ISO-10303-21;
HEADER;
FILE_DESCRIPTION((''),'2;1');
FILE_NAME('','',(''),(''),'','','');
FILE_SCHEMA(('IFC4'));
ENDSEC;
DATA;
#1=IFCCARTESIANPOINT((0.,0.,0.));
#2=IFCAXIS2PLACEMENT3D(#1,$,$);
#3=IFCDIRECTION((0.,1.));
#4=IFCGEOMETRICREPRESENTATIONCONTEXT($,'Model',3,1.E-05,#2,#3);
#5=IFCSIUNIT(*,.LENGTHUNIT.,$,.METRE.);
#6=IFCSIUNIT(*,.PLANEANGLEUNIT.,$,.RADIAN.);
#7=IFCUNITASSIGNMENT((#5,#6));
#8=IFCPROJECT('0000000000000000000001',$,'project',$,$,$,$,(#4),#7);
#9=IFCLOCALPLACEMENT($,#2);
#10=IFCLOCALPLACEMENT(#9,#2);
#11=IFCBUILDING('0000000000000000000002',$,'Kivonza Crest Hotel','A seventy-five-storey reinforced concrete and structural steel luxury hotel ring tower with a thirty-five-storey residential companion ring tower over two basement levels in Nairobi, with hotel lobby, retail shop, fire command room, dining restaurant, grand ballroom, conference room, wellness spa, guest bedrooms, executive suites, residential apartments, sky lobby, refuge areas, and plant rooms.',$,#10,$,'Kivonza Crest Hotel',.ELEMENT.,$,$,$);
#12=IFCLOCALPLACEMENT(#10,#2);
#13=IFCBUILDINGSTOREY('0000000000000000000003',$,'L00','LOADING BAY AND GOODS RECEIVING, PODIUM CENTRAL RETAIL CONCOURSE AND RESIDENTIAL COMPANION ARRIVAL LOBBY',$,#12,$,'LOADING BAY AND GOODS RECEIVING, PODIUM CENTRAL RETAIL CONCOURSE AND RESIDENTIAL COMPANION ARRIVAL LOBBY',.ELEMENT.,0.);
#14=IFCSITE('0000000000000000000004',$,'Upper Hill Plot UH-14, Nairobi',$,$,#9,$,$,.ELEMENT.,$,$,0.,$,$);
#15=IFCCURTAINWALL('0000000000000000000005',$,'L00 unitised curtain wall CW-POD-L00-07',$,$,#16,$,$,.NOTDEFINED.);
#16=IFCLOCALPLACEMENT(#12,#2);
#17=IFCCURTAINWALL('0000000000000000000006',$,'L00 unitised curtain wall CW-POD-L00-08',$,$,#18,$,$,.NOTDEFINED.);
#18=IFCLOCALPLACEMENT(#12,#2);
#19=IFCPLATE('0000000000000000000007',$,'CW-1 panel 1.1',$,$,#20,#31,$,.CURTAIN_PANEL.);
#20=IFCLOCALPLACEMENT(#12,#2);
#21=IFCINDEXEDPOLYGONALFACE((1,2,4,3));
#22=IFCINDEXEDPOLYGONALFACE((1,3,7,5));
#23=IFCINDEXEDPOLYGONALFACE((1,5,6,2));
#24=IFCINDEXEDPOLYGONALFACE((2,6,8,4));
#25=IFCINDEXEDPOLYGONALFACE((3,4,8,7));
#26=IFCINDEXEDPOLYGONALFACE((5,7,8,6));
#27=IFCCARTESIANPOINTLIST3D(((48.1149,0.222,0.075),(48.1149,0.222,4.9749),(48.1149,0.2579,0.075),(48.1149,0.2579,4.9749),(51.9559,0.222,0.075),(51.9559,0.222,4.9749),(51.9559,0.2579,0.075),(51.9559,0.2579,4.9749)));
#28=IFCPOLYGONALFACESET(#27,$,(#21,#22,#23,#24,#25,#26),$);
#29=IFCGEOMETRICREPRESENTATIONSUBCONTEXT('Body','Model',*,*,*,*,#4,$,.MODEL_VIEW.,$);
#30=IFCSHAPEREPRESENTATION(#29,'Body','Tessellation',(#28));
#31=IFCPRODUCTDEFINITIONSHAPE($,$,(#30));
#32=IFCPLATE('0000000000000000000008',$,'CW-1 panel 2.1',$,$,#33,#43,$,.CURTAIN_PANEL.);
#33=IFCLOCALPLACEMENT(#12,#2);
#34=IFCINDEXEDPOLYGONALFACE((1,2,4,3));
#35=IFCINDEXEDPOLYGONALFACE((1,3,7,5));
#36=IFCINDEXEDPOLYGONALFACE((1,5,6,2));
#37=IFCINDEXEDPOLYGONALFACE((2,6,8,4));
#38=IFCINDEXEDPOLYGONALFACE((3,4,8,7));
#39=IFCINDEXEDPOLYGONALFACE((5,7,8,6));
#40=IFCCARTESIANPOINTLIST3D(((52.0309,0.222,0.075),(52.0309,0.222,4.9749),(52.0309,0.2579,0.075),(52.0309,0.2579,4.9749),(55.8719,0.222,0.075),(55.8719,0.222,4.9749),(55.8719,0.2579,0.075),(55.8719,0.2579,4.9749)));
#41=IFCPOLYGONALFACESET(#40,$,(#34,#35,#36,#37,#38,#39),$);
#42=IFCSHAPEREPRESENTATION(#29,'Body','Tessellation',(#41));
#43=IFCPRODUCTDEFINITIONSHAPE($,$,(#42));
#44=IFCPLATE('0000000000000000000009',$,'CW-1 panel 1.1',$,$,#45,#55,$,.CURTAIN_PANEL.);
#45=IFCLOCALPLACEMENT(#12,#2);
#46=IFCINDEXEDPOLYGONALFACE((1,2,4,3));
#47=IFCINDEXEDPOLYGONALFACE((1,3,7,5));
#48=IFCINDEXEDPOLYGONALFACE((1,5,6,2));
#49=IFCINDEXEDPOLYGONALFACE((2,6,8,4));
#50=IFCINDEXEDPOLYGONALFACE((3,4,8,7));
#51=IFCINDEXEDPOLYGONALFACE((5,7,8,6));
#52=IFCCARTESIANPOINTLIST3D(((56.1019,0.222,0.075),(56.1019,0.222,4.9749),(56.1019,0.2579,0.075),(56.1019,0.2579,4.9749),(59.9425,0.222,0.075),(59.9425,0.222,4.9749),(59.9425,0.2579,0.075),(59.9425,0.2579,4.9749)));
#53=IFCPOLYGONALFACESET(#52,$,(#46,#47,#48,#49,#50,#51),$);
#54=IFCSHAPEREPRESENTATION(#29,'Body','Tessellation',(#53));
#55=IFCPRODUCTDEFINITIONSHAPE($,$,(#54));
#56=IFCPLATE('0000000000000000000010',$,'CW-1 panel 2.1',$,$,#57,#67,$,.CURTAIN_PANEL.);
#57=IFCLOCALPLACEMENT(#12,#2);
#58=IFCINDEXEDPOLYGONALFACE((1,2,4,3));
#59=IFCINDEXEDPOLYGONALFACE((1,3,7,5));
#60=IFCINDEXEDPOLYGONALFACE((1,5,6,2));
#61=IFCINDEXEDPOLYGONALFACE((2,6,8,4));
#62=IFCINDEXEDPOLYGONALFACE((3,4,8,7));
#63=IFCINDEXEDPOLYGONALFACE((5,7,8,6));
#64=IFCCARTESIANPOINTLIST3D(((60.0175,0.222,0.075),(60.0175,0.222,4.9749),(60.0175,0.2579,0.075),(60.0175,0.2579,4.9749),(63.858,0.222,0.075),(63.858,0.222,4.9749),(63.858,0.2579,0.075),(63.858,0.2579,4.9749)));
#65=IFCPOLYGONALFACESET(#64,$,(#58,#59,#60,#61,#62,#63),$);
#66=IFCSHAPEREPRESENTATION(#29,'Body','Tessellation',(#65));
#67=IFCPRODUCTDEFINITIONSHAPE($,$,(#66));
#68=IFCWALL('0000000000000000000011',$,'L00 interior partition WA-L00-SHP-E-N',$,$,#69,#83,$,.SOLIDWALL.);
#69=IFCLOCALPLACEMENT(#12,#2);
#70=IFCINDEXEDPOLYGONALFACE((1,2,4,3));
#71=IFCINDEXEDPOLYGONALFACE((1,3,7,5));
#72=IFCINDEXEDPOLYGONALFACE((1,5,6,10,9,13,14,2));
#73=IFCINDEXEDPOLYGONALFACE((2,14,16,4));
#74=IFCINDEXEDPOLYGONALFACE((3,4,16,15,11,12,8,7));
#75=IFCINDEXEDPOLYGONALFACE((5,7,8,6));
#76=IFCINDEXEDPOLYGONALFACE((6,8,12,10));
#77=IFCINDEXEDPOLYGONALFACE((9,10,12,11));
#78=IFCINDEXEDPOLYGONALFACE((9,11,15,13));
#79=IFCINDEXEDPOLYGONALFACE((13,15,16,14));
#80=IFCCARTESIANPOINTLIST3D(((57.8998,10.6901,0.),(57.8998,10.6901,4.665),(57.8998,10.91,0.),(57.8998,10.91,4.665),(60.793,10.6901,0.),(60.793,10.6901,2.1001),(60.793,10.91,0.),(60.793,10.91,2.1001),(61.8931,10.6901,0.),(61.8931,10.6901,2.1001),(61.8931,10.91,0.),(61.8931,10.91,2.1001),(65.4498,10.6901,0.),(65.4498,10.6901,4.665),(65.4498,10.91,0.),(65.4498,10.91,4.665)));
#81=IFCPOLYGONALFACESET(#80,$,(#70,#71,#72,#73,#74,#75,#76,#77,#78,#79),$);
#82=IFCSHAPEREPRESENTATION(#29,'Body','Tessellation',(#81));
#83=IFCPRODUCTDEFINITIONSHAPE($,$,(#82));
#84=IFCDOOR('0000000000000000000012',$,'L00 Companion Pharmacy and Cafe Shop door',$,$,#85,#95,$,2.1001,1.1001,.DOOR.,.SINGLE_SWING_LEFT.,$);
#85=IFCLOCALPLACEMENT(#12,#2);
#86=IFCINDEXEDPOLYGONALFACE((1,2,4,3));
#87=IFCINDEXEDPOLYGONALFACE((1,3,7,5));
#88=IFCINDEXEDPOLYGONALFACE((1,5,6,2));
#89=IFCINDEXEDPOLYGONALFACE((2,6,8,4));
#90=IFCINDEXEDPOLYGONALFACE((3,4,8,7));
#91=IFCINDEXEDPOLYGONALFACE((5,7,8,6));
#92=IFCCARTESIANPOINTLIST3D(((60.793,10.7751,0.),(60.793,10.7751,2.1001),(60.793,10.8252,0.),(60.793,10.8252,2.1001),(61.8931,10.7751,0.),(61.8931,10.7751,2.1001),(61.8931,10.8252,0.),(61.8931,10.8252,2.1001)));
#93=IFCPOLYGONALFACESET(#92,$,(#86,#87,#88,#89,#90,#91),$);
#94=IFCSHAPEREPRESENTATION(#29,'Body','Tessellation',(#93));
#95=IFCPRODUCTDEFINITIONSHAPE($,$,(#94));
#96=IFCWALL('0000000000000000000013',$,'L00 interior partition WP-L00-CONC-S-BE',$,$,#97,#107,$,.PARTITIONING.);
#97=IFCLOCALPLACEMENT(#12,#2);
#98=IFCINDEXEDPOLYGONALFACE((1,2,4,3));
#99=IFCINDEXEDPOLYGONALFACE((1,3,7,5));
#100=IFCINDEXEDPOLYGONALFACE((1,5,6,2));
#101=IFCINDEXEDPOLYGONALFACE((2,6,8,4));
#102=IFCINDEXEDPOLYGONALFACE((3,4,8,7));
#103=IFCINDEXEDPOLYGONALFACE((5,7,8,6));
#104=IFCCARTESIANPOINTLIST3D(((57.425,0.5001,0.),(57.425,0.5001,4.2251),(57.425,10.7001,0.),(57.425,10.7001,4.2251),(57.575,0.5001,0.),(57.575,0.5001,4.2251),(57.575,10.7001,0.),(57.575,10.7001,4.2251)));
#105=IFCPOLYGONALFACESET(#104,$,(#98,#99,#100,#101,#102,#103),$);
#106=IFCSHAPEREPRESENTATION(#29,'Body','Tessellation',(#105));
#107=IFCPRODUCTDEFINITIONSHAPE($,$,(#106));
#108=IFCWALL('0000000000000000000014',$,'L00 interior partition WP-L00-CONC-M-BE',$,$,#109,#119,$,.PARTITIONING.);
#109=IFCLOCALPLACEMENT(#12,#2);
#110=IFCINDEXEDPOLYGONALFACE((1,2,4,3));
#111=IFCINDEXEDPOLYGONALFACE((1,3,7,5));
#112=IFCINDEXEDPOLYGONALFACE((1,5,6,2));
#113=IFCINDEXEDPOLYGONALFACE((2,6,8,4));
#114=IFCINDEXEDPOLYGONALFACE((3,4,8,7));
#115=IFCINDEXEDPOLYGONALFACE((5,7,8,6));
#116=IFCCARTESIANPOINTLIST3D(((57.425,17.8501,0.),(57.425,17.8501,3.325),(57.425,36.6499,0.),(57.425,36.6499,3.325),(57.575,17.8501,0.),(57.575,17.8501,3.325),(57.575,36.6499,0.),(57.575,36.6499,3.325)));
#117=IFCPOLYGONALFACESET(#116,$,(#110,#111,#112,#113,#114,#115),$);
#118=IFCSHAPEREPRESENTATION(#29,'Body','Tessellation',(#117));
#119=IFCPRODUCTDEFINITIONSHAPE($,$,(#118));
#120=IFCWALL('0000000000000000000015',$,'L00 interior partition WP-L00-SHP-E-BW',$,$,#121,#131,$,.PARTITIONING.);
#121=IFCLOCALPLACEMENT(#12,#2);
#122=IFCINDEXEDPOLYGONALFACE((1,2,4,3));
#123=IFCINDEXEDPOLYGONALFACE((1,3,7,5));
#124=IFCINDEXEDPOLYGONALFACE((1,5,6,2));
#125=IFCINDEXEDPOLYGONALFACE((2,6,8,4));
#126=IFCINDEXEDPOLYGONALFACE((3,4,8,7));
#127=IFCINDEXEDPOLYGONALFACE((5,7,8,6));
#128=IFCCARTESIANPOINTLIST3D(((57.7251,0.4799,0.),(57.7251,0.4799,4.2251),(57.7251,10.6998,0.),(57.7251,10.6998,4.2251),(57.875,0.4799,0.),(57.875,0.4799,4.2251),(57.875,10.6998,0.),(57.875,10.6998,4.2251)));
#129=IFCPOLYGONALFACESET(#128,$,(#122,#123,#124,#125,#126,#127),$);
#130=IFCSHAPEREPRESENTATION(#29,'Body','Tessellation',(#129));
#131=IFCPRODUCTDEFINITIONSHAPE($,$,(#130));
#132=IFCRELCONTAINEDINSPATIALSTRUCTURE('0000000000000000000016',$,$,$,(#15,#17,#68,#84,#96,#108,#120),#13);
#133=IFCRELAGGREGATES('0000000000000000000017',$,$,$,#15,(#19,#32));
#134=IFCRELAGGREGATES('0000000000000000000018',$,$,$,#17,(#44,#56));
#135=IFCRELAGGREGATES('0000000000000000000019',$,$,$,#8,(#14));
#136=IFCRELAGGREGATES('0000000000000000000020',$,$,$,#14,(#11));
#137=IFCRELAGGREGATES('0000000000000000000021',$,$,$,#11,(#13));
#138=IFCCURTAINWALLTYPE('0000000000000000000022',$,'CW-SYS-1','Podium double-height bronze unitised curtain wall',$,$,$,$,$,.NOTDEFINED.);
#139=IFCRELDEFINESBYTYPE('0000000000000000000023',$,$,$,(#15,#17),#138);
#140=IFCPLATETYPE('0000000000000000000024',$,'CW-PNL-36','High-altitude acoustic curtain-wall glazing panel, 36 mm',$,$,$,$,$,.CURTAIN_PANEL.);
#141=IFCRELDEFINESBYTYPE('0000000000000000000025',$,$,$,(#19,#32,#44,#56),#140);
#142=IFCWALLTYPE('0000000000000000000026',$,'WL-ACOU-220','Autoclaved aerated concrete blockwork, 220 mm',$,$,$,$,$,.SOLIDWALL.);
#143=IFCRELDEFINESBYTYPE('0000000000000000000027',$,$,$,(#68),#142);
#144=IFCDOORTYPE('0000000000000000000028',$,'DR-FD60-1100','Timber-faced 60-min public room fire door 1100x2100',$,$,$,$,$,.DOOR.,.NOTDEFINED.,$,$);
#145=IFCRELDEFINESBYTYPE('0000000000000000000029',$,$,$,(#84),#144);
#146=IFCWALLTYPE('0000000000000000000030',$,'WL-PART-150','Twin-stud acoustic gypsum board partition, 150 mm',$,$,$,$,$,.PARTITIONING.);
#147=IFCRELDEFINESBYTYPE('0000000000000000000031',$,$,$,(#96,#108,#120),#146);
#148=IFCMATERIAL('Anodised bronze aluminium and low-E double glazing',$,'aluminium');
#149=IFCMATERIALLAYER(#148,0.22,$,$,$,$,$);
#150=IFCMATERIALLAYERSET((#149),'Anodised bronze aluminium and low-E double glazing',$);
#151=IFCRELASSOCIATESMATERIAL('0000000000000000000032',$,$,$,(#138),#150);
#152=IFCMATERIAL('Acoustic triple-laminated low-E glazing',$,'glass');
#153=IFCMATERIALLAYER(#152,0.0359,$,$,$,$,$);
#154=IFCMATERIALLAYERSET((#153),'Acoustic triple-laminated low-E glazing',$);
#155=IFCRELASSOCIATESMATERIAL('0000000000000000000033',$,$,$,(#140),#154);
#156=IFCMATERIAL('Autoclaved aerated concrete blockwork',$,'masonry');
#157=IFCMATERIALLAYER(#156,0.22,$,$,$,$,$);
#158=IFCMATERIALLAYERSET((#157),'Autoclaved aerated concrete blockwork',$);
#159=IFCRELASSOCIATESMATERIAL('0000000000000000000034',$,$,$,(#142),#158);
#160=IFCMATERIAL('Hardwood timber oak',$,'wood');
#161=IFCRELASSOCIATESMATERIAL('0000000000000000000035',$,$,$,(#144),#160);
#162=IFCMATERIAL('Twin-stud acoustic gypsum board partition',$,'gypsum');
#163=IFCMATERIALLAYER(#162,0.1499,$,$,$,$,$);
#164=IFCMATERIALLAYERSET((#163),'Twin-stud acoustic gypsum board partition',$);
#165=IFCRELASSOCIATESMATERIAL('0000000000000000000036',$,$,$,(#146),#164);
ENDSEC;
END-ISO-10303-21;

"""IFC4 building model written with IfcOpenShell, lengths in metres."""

from ifc_helpers import new_model, si_unit, direction, frame, frame_2d, origin, origin_2d, place, context, subcontext, project, spatial, rectangle, extrude, material, layer, layer_set, type_object, element, fill, aggregate, save


model = new_model("IFC4")

# Units and contexts
model_context = context("Model", 3, precision=1e-05, world=origin(), true_north=direction((0.0, 1.0)))
body_context = subcontext(model_context, "Body", "Model", "MODEL_VIEW")
ifc_project = project(units=[si_unit("LENGTHUNIT", "METRE"), si_unit("PLANEANGLEUNIT", "RADIAN")], contexts=[model_context])

# Site, building, storey
site_placement = place(None, origin())
site = spatial("IfcSite", under=ifc_project, at=site_placement, Name="Upper Hill Plot UH-14, Nairobi", CompositionType="ELEMENT", RefElevation=0.0)
building_placement = place(site_placement, origin())
building = spatial("IfcBuilding", under=site, at=building_placement, Name="Kivonza Crest Hotel", Description="A seventy-five-storey reinforced concrete and structural steel luxury hotel ring tower with a thirty-five-storey residential companion ring tower over two basement levels in Nairobi, with hotel lobby, retail shop, fire command room, dining restaurant, grand ballroom, conference room, wellness spa, guest bedrooms, executive suites, residential apartments, sky lobby, refuge areas, and plant rooms.", LongName="Kivonza Crest Hotel", CompositionType="ELEMENT")
storey_placement = place(building_placement, origin())
storey = spatial("IfcBuildingStorey", under=building, at=storey_placement, Name="L00", Description="LOADING BAY AND GOODS RECEIVING, PODIUM CENTRAL RETAIL CONCOURSE AND RESIDENTIAL COMPANION ARRIVAL LOBBY", LongName="LOADING BAY AND GOODS RECEIVING, PODIUM CENTRAL RETAIL CONCOURSE AND RESIDENTIAL COMPANION ARRIVAL LOBBY", CompositionType="ELEMENT", Elevation=0.0)

# Curtain walls
ifc_material_1 = material(Name="Anodised bronze aluminium and low-E double glazing", Category="aluminium")
ifc_layer_1 = layer(ifc_material_1, 0.22)
ifc_layer_set_1 = layer_set([ifc_layer_1], Name="Anodised bronze aluminium and low-E double glazing")
curtain_wall_type = type_object("IfcCurtainWallType", Name="CW-SYS-1", Description="Podium double-height bronze unitised curtain wall", PredefinedType="NOTDEFINED", material=ifc_layer_set_1)
curtain_wall_1_placement = place(storey_placement, origin())
curtain_wall_1 = element("IfcCurtainWall", 1, at=curtain_wall_1_placement, inside=storey, type_object=curtain_wall_type, Name="L00 unitised curtain wall CW-POD-L00-07", PredefinedType="NOTDEFINED")
curtain_wall_2_placement = place(storey_placement, origin())
curtain_wall_2 = element("IfcCurtainWall", 2, at=curtain_wall_2_placement, inside=storey, type_object=curtain_wall_type, Name="L00 unitised curtain wall CW-POD-L00-08", PredefinedType="NOTDEFINED")

# Plates
ifc_material_2 = material(Name="Acoustic triple-laminated low-E glazing", Category="glass")
ifc_layer_2 = layer(ifc_material_2, 0.0359)
ifc_layer_set_2 = layer_set([ifc_layer_2], Name="Acoustic triple-laminated low-E glazing")
plate_type = type_object("IfcPlateType", Name="CW-PNL-36", Description="High-altitude acoustic curtain-wall glazing panel, 36 mm", PredefinedType="CURTAIN_PANEL", material=ifc_layer_set_2)
plate_1_placement = place(storey_placement, frame((50.0354, 0.24, 0.075), z_axis=(0.0, 0.0, 1.0), x_axis=(1.0, 0.0, 0.0)))
plate_1 = element("IfcPlate", 3, at=plate_1_placement, type_object=plate_type, Name="CW-1 panel 1.1", PredefinedType="CURTAIN_PANEL", context=body_context, shape_type="SweptSolid", body=[
    extrude(rectangle(XDim=3.8411, YDim=0.0359, at=origin_2d()), origin(), (0.0, 0.0, 1.0), 4.8999),
])
plate_2_placement = place(storey_placement, frame((53.9514, 0.24, 0.075), z_axis=(0.0, 0.0, 1.0), x_axis=(1.0, 0.0, 0.0)))
plate_2 = element("IfcPlate", 4, at=plate_2_placement, type_object=plate_type, Name="CW-1 panel 2.1", PredefinedType="CURTAIN_PANEL", context=body_context, shape_type="SweptSolid", body=[
    extrude(rectangle(XDim=3.8411, YDim=0.0359, at=origin_2d()), origin(), (0.0, 0.0, 1.0), 4.8999),
])
aggregate(curtain_wall_1, [plate_1, plate_2])
plate_3_placement = place(storey_placement, frame((58.0222, 0.24, 0.075), z_axis=(0.0, 0.0, 1.0), x_axis=(1.0, 0.0, 0.0)))
plate_3 = element("IfcPlate", 5, at=plate_3_placement, type_object=plate_type, Name="CW-1 panel 1.1", PredefinedType="CURTAIN_PANEL", context=body_context, shape_type="SweptSolid", body=[
    extrude(rectangle(XDim=3.8406, YDim=0.0359, at=origin_2d()), origin(), (0.0, 0.0, 1.0), 4.8999),
])
plate_4_placement = place(storey_placement, frame((61.9377, 0.24, 0.075), z_axis=(0.0, 0.0, 1.0), x_axis=(1.0, 0.0, 0.0)))
plate_4 = element("IfcPlate", 6, at=plate_4_placement, type_object=plate_type, Name="CW-1 panel 2.1", PredefinedType="CURTAIN_PANEL", context=body_context, shape_type="SweptSolid", body=[
    extrude(rectangle(XDim=3.8406, YDim=0.0359, at=origin_2d()), origin(), (0.0, 0.0, 1.0), 4.8999),
])
aggregate(curtain_wall_2, [plate_3, plate_4])

# Wall, opening, door
ifc_material_3 = material(Name="Autoclaved aerated concrete blockwork", Category="masonry")
ifc_layer_3 = layer(ifc_material_3, 0.22)
ifc_layer_set_3 = layer_set([ifc_layer_3], Name="Autoclaved aerated concrete blockwork")
wall_type_1 = type_object("IfcWallType", Name="WL-ACOU-220", Description="Autoclaved aerated concrete blockwork, 220 mm", PredefinedType="SOLIDWALL", material=ifc_layer_set_3)
wall_1_placement = place(storey_placement, frame((57.8999, 10.8, 0.0), z_axis=(0.0, 0.0, 1.0), x_axis=(1.0, 0.0, 0.0)))
wall_1 = element("IfcWall", 7, at=wall_1_placement, inside=storey, type_object=wall_type_1, Name="L00 interior partition WA-L00-SHP-E-N", PredefinedType="SOLIDWALL", context=body_context, shape_type="SweptSolid", body=[
    extrude(rectangle(XDim=7.55, YDim=0.22, at=frame_2d((3.7749, 0.0))), origin(), (0.0, 0.0, 1.0), 4.665),
])
opening_placement = place(wall_1_placement, frame((2.8931, 0.0, 0.0)))
opening = element("IfcOpeningElement", 8, at=opening_placement, cuts=wall_1, PredefinedType="OPENING", context=body_context, shape_type="SweptSolid", body=[
    extrude(rectangle(XDim=1.1001, YDim=2.1001, at=frame_2d((0.55, 1.05))), frame((0.0, 0.1201, 0.0), z_axis=(0.0, -1.0, 0.0), x_axis=(1.0, 0.0, 0.0)), (0.0, 0.0, 1.0), 0.24),
])
ifc_material_4 = material(Name="Hardwood timber oak", Category="wood")
door_type = type_object("IfcDoorType", Name="DR-FD60-1100", Description="Timber-faced 60-min public room fire door 1100x2100", OperationType="NOTDEFINED", PredefinedType="DOOR", material=ifc_material_4)
door_placement = place(opening_placement, frame((1.1001, 0.0, 0.0), z_axis=(0.0, 0.0, 1.0), x_axis=(-1.0, 0.0, 0.0)))
door = element("IfcDoor", 9, at=door_placement, inside=storey, type_object=door_type, Name="L00 Companion Pharmacy and Cafe Shop door", OperationType="SINGLE_SWING_LEFT", OverallHeight=2.1001, OverallWidth=1.1001, PredefinedType="DOOR", context=body_context, shape_type="SweptSolid", body=[
    extrude(rectangle(XDim=1.1001, YDim=2.1001, at=frame_2d((0.55, 1.05))), frame((0.0, 0.0249, 0.0), z_axis=(0.0, -1.0, 0.0), x_axis=(1.0, 0.0, 0.0)), (0.0, 0.0, 1.0), 0.05),
])
fill(opening, door)

# Walls
ifc_material_5 = material(Name="Twin-stud acoustic gypsum board partition", Category="gypsum")
ifc_layer_4 = layer(ifc_material_5, 0.1499)
ifc_layer_set_4 = layer_set([ifc_layer_4], Name="Twin-stud acoustic gypsum board partition")
wall_type_2 = type_object("IfcWallType", Name="WL-PART-150", Description="Twin-stud acoustic gypsum board partition, 150 mm", PredefinedType="PARTITIONING", material=ifc_layer_set_4)
wall_2_placement = place(storey_placement, frame((57.5, 0.5, 0.0), z_axis=(0.0, 0.0, 1.0), x_axis=(0.0, 1.0, 0.0)))
element("IfcWall", 10, at=wall_2_placement, inside=storey, type_object=wall_type_2, Name="L00 interior partition WP-L00-CONC-S-BE", PredefinedType="PARTITIONING", context=body_context, shape_type="SweptSolid", body=[
    extrude(rectangle(XDim=10.2, YDim=0.1499, at=frame_2d((5.1001, 0.0))), origin(), (0.0, 0.0, 1.0), 4.2251),
])
wall_3_placement = place(storey_placement, frame((57.5, 17.8501, 0.0), z_axis=(0.0, 0.0, 1.0), x_axis=(0.0, 1.0, 0.0)))
element("IfcWall", 11, at=wall_3_placement, inside=storey, type_object=wall_type_2, Name="L00 interior partition WP-L00-CONC-M-BE", PredefinedType="PARTITIONING", context=body_context, shape_type="SweptSolid", body=[
    extrude(rectangle(XDim=18.7998, YDim=0.1499, at=frame_2d((9.3999, 0.0))), origin(), (0.0, 0.0, 1.0), 3.325),
])
wall_4_placement = place(storey_placement, frame((57.8, 0.48, 0.0), z_axis=(0.0, 0.0, 1.0), x_axis=(0.0, 1.0, 0.0)))
element("IfcWall", 12, at=wall_4_placement, inside=storey, type_object=wall_type_2, Name="L00 interior partition WP-L00-SHP-E-BW", PredefinedType="PARTITIONING", context=body_context, shape_type="SweptSolid", body=[
    extrude(rectangle(XDim=10.22, YDim=0.1499, at=frame_2d((5.1099, 0.0))), origin(), (0.0, 0.0, 1.0), 4.2251),
])

save(model, "model.ifc")
